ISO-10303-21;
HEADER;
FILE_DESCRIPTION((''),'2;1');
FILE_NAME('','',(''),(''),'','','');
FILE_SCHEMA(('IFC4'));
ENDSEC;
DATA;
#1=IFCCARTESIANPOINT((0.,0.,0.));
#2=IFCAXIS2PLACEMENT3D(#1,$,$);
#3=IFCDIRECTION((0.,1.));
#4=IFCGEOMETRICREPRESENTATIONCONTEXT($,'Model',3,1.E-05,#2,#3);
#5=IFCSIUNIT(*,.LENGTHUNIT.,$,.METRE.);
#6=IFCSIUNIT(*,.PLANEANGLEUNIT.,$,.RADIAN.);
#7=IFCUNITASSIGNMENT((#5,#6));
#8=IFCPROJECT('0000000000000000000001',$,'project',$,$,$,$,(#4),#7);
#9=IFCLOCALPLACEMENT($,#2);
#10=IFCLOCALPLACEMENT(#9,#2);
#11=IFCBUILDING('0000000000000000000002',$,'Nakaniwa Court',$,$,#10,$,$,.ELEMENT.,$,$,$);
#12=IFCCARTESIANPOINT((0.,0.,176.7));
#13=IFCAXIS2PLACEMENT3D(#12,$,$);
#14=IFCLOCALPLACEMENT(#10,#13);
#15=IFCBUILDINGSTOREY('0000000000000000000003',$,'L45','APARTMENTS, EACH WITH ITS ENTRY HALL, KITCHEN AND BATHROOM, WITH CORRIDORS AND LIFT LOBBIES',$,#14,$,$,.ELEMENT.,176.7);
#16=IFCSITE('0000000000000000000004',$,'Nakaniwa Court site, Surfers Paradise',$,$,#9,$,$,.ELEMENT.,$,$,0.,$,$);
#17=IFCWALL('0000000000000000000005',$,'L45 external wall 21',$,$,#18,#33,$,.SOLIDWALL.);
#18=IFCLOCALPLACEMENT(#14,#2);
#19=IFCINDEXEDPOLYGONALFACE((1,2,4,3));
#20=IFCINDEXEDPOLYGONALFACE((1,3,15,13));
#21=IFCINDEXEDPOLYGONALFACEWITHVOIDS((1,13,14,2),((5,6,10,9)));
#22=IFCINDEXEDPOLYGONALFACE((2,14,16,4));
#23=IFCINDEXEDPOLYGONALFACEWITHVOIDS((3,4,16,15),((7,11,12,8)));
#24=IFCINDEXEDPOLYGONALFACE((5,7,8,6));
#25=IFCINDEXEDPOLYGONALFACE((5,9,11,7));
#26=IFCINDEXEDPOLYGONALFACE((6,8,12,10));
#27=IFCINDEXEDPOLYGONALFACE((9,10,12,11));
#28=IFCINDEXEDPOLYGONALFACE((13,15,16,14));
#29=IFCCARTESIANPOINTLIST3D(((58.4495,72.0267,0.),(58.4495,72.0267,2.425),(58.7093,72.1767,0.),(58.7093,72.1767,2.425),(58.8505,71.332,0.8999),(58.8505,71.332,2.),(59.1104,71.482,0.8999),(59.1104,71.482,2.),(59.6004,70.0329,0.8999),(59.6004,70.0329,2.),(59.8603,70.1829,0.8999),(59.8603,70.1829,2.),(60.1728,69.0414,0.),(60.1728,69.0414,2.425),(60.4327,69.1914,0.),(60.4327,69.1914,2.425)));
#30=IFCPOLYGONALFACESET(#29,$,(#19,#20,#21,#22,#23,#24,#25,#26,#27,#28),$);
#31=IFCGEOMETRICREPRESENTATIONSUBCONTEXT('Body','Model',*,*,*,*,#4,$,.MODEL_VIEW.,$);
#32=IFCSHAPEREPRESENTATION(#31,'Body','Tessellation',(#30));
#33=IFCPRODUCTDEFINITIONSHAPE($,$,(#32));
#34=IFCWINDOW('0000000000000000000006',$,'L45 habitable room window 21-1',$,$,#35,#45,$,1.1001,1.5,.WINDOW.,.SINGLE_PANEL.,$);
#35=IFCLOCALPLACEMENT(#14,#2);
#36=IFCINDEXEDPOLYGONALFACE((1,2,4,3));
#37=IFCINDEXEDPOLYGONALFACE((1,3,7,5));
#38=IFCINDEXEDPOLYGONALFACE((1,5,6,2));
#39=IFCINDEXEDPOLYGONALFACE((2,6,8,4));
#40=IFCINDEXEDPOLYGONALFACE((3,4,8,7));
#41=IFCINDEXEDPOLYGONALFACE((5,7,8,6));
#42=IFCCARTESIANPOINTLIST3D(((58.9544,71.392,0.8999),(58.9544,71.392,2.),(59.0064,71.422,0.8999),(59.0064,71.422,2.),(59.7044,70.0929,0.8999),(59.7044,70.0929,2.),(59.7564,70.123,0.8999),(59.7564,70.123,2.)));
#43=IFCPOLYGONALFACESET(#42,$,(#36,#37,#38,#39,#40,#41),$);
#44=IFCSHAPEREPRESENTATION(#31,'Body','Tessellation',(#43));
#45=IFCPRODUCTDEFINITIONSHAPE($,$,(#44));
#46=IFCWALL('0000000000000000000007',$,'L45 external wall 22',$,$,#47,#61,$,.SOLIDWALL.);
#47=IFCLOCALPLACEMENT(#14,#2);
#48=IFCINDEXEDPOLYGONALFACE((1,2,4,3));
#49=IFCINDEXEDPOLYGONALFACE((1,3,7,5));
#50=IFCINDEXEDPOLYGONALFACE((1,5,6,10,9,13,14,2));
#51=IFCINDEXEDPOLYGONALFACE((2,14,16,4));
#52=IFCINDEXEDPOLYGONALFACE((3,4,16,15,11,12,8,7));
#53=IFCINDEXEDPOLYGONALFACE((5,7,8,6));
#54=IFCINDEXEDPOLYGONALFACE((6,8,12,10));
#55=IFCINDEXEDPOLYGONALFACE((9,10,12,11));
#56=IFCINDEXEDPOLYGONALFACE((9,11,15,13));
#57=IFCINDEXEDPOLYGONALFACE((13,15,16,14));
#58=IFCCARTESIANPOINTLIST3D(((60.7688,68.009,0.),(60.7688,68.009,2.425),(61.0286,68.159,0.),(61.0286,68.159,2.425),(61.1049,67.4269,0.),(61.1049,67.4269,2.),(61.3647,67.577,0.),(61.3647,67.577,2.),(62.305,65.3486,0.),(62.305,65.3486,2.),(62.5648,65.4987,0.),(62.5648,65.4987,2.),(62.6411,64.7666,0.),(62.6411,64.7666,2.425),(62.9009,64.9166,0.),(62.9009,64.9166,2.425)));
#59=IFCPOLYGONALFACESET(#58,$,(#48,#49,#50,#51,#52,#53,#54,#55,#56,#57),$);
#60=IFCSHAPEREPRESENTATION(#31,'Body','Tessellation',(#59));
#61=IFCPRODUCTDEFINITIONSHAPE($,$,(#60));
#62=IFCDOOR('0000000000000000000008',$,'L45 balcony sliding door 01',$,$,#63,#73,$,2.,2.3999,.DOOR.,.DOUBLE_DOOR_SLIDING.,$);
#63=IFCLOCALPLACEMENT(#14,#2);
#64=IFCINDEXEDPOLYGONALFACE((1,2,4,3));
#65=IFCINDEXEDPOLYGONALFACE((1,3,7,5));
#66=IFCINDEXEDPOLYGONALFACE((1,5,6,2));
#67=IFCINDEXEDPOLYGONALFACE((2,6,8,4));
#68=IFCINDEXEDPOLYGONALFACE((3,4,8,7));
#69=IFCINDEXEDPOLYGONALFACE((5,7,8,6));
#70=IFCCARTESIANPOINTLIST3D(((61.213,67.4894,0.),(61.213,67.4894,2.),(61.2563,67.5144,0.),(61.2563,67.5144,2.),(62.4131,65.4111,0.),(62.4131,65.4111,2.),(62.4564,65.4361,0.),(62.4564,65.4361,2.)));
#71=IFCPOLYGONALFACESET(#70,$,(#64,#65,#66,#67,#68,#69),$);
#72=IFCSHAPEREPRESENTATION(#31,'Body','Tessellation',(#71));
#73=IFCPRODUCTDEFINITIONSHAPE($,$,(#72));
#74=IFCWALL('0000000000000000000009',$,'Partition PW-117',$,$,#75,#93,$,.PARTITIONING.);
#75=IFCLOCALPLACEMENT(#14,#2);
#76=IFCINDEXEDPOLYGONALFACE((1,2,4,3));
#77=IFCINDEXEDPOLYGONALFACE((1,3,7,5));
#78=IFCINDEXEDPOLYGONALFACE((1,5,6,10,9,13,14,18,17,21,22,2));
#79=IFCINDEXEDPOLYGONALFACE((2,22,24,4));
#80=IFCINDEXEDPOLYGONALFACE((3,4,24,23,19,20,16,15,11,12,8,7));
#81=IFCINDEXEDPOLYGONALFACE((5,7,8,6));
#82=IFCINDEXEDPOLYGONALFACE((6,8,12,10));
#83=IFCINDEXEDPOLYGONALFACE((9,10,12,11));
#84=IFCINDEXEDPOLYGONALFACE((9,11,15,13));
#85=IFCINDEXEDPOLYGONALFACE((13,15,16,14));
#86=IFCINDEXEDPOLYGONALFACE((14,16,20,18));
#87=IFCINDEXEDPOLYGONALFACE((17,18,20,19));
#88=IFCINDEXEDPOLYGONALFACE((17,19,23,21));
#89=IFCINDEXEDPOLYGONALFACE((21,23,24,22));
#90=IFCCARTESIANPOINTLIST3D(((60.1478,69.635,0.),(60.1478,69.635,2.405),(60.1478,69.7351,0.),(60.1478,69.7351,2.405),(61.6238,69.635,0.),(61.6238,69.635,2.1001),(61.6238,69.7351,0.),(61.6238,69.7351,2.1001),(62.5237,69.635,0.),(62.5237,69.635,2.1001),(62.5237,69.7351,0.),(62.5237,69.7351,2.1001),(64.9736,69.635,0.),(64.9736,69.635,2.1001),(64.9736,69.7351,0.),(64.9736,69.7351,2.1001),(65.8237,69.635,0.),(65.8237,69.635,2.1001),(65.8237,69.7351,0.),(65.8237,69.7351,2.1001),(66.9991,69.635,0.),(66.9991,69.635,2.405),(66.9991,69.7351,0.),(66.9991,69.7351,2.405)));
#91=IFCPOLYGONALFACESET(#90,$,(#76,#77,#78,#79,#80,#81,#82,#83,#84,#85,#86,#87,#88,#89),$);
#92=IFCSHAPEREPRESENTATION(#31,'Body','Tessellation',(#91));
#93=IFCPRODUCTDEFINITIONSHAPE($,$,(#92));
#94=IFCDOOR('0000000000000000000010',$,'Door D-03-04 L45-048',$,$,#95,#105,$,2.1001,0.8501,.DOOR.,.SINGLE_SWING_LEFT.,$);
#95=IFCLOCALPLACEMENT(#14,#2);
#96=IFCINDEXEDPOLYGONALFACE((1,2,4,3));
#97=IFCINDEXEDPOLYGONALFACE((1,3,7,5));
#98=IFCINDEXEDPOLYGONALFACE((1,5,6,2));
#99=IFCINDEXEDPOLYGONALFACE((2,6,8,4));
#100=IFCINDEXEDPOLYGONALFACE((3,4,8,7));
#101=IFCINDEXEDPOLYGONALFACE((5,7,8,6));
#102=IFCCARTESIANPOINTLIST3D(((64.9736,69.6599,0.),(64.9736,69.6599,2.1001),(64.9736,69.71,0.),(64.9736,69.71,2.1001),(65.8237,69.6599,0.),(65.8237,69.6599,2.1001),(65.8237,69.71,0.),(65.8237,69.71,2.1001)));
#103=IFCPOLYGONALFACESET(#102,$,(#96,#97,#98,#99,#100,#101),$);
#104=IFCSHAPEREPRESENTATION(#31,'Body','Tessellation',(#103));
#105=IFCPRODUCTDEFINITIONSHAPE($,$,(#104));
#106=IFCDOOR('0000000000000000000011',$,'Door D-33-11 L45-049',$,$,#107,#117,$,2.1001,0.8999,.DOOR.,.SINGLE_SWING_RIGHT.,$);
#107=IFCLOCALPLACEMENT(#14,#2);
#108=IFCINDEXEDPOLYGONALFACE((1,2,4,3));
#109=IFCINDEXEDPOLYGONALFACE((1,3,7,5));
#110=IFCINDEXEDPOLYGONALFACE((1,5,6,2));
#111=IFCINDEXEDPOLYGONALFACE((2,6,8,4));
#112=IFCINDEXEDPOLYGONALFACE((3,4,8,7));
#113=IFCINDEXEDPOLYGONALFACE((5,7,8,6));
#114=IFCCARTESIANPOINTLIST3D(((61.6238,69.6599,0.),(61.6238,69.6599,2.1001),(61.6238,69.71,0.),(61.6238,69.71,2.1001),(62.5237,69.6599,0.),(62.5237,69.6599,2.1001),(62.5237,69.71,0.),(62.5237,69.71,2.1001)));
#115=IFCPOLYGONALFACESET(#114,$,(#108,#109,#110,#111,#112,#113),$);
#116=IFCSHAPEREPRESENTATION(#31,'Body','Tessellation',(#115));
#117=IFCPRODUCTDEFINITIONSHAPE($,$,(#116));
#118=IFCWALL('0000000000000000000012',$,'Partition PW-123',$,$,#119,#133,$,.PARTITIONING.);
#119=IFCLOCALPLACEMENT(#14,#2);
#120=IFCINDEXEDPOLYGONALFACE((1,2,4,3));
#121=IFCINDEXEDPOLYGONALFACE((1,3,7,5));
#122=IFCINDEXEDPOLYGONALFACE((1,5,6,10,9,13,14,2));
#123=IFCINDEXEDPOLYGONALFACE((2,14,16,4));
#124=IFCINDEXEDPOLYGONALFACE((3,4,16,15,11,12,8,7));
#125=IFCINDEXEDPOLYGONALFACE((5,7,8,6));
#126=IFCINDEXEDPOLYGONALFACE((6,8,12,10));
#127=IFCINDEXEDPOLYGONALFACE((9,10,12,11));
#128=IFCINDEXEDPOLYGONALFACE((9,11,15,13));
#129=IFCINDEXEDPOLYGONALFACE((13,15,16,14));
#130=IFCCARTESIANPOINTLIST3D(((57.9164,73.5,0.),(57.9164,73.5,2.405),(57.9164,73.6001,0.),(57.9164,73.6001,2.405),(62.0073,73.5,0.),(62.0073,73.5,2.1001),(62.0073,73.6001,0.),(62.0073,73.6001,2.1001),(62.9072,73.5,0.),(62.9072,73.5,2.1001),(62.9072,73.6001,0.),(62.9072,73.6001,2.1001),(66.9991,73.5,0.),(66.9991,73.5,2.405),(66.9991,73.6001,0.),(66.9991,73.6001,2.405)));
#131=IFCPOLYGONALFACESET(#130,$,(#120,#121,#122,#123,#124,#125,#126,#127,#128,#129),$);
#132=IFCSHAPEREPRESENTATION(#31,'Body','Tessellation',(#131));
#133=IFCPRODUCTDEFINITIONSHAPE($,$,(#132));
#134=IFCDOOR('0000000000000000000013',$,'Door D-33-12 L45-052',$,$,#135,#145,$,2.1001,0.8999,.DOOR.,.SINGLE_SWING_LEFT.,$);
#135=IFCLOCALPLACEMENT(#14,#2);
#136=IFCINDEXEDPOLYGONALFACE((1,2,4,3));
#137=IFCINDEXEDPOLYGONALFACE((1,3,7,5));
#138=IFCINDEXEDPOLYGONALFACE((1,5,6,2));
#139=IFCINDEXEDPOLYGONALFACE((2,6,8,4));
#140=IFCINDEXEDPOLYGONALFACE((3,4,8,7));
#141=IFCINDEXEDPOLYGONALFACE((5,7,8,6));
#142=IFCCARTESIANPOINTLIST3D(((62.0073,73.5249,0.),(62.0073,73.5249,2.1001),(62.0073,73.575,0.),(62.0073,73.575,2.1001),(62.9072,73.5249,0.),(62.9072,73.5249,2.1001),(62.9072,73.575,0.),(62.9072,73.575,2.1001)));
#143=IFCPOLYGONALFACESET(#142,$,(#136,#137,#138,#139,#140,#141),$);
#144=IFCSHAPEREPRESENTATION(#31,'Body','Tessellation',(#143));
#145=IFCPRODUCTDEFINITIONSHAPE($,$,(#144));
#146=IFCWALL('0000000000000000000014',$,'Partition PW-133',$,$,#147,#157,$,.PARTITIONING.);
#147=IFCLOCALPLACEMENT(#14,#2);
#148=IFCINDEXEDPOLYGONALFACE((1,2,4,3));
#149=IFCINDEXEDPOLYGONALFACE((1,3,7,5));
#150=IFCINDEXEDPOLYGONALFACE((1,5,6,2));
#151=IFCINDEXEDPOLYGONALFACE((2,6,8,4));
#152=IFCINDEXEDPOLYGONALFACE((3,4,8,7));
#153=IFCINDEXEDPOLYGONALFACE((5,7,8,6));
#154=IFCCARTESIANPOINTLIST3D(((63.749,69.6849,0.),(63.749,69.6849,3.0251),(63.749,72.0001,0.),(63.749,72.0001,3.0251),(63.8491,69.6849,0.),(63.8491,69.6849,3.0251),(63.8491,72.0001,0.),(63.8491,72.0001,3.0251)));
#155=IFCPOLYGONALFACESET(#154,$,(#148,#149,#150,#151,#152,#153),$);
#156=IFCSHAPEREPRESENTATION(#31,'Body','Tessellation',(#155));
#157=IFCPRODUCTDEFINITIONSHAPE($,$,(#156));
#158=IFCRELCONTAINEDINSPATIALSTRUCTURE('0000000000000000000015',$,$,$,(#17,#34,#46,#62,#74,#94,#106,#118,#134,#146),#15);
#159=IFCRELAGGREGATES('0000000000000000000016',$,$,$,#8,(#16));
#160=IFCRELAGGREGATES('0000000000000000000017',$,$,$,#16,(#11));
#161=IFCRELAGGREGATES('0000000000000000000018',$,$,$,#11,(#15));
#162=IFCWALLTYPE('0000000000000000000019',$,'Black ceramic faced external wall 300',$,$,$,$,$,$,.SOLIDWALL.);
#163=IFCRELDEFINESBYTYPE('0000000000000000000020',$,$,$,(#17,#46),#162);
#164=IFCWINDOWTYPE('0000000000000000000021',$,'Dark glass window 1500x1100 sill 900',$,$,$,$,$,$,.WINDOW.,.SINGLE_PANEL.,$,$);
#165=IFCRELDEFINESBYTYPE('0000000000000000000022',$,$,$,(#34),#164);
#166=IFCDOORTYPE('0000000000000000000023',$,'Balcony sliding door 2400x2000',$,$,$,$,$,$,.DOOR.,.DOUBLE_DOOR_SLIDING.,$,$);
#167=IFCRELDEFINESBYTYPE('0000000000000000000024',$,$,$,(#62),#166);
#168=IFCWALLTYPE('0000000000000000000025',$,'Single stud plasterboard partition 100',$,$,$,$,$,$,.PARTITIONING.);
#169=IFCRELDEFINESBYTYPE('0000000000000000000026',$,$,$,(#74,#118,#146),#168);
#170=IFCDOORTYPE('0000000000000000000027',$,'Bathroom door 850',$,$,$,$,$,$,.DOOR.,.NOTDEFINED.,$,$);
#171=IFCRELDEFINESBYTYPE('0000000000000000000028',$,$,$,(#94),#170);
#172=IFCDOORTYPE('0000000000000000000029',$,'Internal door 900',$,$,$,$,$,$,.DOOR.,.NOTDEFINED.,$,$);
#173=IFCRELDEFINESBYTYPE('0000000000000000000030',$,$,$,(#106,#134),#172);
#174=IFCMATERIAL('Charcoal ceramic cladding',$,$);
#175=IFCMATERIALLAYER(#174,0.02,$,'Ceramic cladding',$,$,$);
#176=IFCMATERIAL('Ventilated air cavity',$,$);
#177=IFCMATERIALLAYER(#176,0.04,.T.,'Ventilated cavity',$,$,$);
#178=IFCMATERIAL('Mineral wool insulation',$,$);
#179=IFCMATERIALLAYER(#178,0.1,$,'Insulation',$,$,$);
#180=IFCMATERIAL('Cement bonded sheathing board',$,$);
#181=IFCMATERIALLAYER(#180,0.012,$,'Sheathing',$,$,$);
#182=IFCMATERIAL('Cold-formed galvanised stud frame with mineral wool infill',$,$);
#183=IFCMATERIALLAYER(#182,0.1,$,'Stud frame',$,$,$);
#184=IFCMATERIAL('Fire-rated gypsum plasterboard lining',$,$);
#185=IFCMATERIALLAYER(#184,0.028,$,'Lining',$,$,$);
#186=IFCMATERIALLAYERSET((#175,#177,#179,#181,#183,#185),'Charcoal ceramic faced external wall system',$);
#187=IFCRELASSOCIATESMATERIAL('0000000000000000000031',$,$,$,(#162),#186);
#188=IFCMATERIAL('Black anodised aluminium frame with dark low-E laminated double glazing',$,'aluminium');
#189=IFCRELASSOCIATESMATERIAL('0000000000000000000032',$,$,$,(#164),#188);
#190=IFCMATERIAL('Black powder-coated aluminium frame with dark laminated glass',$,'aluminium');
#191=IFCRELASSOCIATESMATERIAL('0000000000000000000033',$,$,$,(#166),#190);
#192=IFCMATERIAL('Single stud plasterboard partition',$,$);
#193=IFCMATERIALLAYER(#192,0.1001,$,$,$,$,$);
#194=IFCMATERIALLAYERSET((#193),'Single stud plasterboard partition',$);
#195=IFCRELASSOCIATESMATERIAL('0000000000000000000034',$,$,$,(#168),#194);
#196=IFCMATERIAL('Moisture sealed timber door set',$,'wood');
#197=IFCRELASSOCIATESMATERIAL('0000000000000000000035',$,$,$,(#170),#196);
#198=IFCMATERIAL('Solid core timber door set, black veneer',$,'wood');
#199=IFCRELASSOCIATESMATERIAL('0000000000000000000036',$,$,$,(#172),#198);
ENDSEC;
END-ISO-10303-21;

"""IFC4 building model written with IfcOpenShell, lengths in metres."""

from ifc_helpers import new_model, si_unit, direction, frame, frame_2d, origin, place, context, subcontext, project, spatial, rectangle, extrude, material, layer, layer_set, type_object, element, fill, save


model = new_model("IFC4")

# Units and contexts
model_context = context("Model", 3, precision=1e-05, world=origin(), true_north=direction((0.0, 1.0)))
body_context = subcontext(model_context, "Body", "Model", "MODEL_VIEW")
ifc_project = project(units=[si_unit("LENGTHUNIT", "METRE"), si_unit("PLANEANGLEUNIT", "RADIAN")], contexts=[model_context])

# Site, building, storey
site_placement = place(None, origin())
site = spatial("IfcSite", under=ifc_project, at=site_placement, Name="Nakaniwa Court site, Surfers Paradise", CompositionType="ELEMENT", RefElevation=0.0)
building_placement = place(site_placement, origin())
building = spatial("IfcBuilding", under=site, at=building_placement, Name="Nakaniwa Court", CompositionType="ELEMENT")
storey_placement = place(building_placement, frame((0.0, 0.0, 176.7)))
storey = spatial("IfcBuildingStorey", under=building, at=storey_placement, Name="L45", Description="APARTMENTS, EACH WITH ITS ENTRY HALL, KITCHEN AND BATHROOM, WITH CORRIDORS AND LIFT LOBBIES", CompositionType="ELEMENT", Elevation=176.7)

# Shared definitions
ifc_material_1 = material(Name="Solid core timber door set, black veneer", Category="wood")

# Wall, opening, window
ifc_material_2 = material(Name="Charcoal ceramic cladding")
ifc_layer_1 = layer(ifc_material_2, 0.02, Name="Ceramic cladding")
ifc_material_3 = material(Name="Ventilated air cavity")
ifc_layer_2 = layer(ifc_material_3, 0.04, ventilated=True, Name="Ventilated cavity")
ifc_material_4 = material(Name="Mineral wool insulation")
ifc_layer_3 = layer(ifc_material_4, 0.1, Name="Insulation")
ifc_material_5 = material(Name="Cement bonded sheathing board")
ifc_layer_4 = layer(ifc_material_5, 0.012, Name="Sheathing")
ifc_material_6 = material(Name="Cold-formed galvanised stud frame with mineral wool infill")
ifc_layer_5 = layer(ifc_material_6, 0.1, Name="Stud frame")
ifc_material_7 = material(Name="Fire-rated gypsum plasterboard lining")
ifc_layer_6 = layer(ifc_material_7, 0.028, Name="Lining")
ifc_layer_set_1 = layer_set([ifc_layer_1, ifc_layer_2, ifc_layer_3, ifc_layer_4, ifc_layer_5, ifc_layer_6], Name="Charcoal ceramic faced external wall system")
wall_type_1 = type_object("IfcWallType", Name="Black ceramic faced external wall 300", PredefinedType="SOLIDWALL", material=ifc_layer_set_1)
wall_1_placement = place(storey_placement, frame((58.5793, 72.1018, 0.0), z_axis=(0.0, 0.0, 1.0), x_axis=(0.499955, -0.866051, 0.0)))
wall_1 = element("IfcWall", 1, at=wall_1_placement, inside=storey, type_object=wall_type_1, Name="L45 external wall 21", PredefinedType="SOLIDWALL", context=body_context, shape_type="SweptSolid", body=[
    extrude(rectangle(XDim=3.447, YDim=0.3, at=frame_2d((1.7236, 0.0))), origin(), (0.0, 0.0, 1.0), 2.425),
])
opening_1_placement = place(wall_1_placement, frame((0.8022, 0.0, 0.8999)))
opening_1 = element("IfcOpeningElement", 2, at=opening_1_placement, cuts=wall_1, PredefinedType="OPENING", context=body_context, shape_type="SweptSolid", body=[
    extrude(rectangle(XDim=1.5, YDim=1.1001, at=frame_2d((0.75, 0.55))), frame((0.0, 0.1599, 0.0), z_axis=(0.0, -1.0, 0.0), x_axis=(1.0, 0.0, 0.0)), (0.0, 0.0, 1.0), 0.3201),
])
ifc_material_8 = material(Name="Black anodised aluminium frame with dark low-E laminated double glazing", Category="aluminium")
window_type = type_object("IfcWindowType", Name="Dark glass window 1500x1100 sill 900", PartitioningType="SINGLE_PANEL", PredefinedType="WINDOW", material=ifc_material_8)
window_placement = place(opening_1_placement, origin())
window = element("IfcWindow", 3, at=window_placement, inside=storey, type_object=window_type, Name="L45 habitable room window 21-1", OverallHeight=1.1001, OverallWidth=1.5, PartitioningType="SINGLE_PANEL", PredefinedType="WINDOW", context=body_context, shape_type="SweptSolid", body=[
    extrude(rectangle(XDim=1.5, YDim=1.1001, at=frame_2d((0.75, 0.55))), frame((0.0, 0.03, 0.0), z_axis=(0.0, -1.0, 0.0), x_axis=(1.0, 0.0, 0.0)), (0.0, 0.0, 1.0), 0.0601),
])
fill(opening_1, window)

# Wall, opening, door
wall_2_placement = place(storey_placement, frame((60.8987, 68.084, 0.0), z_axis=(0.0, 0.0, 1.0), x_axis=(0.500059, -0.865991, 0.0)))
wall_2 = element("IfcWall", 4, at=wall_2_placement, inside=storey, type_object=wall_type_1, Name="L45 external wall 22", PredefinedType="SOLIDWALL", context=body_context, shape_type="SweptSolid", body=[
    extrude(rectangle(XDim=3.7441, YDim=0.3, at=frame_2d((1.8721, 0.0))), origin(), (0.0, 0.0, 1.0), 2.425),
])
opening_2_placement = place(wall_2_placement, frame((0.6721, 0.0, 0.0)))
opening_2 = element("IfcOpeningElement", 5, at=opening_2_placement, cuts=wall_2, PredefinedType="OPENING", context=body_context, shape_type="SweptSolid", body=[
    extrude(rectangle(XDim=2.3999, YDim=2.0, at=frame_2d((1.2, 1.0))), frame((0.0, 0.1599, 0.0), z_axis=(0.0, -1.0, 0.0), x_axis=(1.0, 0.0, 0.0)), (0.0, 0.0, 1.0), 0.3201),
])
ifc_material_9 = material(Name="Black powder-coated aluminium frame with dark laminated glass", Category="aluminium")
door_type_1 = type_object("IfcDoorType", Name="Balcony sliding door 2400x2000", OperationType="DOUBLE_DOOR_SLIDING", PredefinedType="DOOR", material=ifc_material_9)
door_1_placement = place(opening_2_placement, origin())
door_1 = element("IfcDoor", 6, at=door_1_placement, inside=storey, type_object=door_type_1, Name="L45 balcony sliding door 01", OperationType="DOUBLE_DOOR_SLIDING", OverallHeight=2.0, OverallWidth=2.3999, PredefinedType="DOOR", context=body_context, shape_type="SweptSolid", body=[
    extrude(rectangle(XDim=2.3999, YDim=2.0, at=frame_2d((1.2, 1.0))), frame((0.0, 0.0249, 0.0), z_axis=(0.0, -1.0, 0.0), x_axis=(1.0, 0.0, 0.0)), (0.0, 0.0, 1.0), 0.05),
])
fill(opening_2, door_1)

# Wall, openings, doors
ifc_material_10 = material(Name="Single stud plasterboard partition")
ifc_layer_7 = layer(ifc_material_10, 0.1001)
ifc_layer_set_2 = layer_set([ifc_layer_7], Name="Single stud plasterboard partition")
wall_type_2 = type_object("IfcWallType", Name="Single stud plasterboard partition 100", PredefinedType="PARTITIONING", material=ifc_layer_set_2)
wall_3_placement = place(storey_placement, frame((60.1477, 69.6851, 0.0), z_axis=(0.0, 0.0, 1.0), x_axis=(1.0, 0.0, 0.0)))
wall_3 = element("IfcWall", 7, at=wall_3_placement, inside=storey, type_object=wall_type_2, Name="Partition PW-117", PredefinedType="PARTITIONING", context=body_context, shape_type="SweptSolid", body=[
    extrude(rectangle(XDim=6.8513, YDim=0.1001, at=frame_2d((3.4258, 0.0))), origin(), (0.0, 0.0, 1.0), 2.405),
])
opening_3_placement = place(wall_3_placement, frame((4.8259, 0.0, 0.0)))
opening_3 = element("IfcOpeningElement", 8, at=opening_3_placement, cuts=wall_3, PredefinedType="OPENING", context=body_context, shape_type="SweptSolid", body=[
    extrude(rectangle(XDim=0.8501, YDim=2.1001, at=frame_2d((0.425, 1.05))), frame((0.0, 0.0601, 0.0), z_axis=(0.0, -1.0, 0.0), x_axis=(1.0, 0.0, 0.0)), (0.0, 0.0, 1.0), 0.1201),
])
opening_4_placement = place(wall_3_placement, frame((1.4761, 0.0, 0.0)))
opening_4 = element("IfcOpeningElement", 9, at=opening_4_placement, cuts=wall_3, PredefinedType="OPENING", context=body_context, shape_type="SweptSolid", body=[
    extrude(rectangle(XDim=0.8999, YDim=2.1001, at=frame_2d((0.45, 1.05))), frame((0.0, 0.0601, 0.0), z_axis=(0.0, -1.0, 0.0), x_axis=(1.0, 0.0, 0.0)), (0.0, 0.0, 1.0), 0.1201),
])
ifc_material_11 = material(Name="Moisture sealed timber door set", Category="wood")
door_type_2 = type_object("IfcDoorType", Name="Bathroom door 850", OperationType="NOTDEFINED", PredefinedType="DOOR", material=ifc_material_11)
door_2_placement = place(opening_3_placement, origin())
door_2 = element("IfcDoor", 10, at=door_2_placement, inside=storey, type_object=door_type_2, Name="Door D-03-04 L45-048", OperationType="SINGLE_SWING_LEFT", OverallHeight=2.1001, OverallWidth=0.8501, PredefinedType="DOOR", context=body_context, shape_type="SweptSolid", body=[
    extrude(rectangle(XDim=0.8501, YDim=2.1001, at=frame_2d((0.425, 1.05))), frame((0.0, 0.0249, 0.0), z_axis=(0.0, -1.0, 0.0), x_axis=(1.0, 0.0, 0.0)), (0.0, 0.0, 1.0), 0.05),
])
fill(opening_3, door_2)
door_type_3 = type_object("IfcDoorType", Name="Internal door 900", OperationType="NOTDEFINED", PredefinedType="DOOR", material=ifc_material_1)
door_3_placement = place(opening_4_placement, origin())
door_3 = element("IfcDoor", 11, at=door_3_placement, inside=storey, type_object=door_type_3, Name="Door D-33-11 L45-049", OperationType="SINGLE_SWING_RIGHT", OverallHeight=2.1001, OverallWidth=0.8999, PredefinedType="DOOR", context=body_context, shape_type="SweptSolid", body=[
    extrude(rectangle(XDim=0.8999, YDim=2.1001, at=frame_2d((0.45, 1.05))), frame((0.0, 0.0249, 0.0), z_axis=(0.0, -1.0, 0.0), x_axis=(1.0, 0.0, 0.0)), (0.0, 0.0, 1.0), 0.05),
])
fill(opening_4, door_3)

# Wall, opening, door
wall_4_placement = place(storey_placement, frame((57.9163, 73.55, 0.0), z_axis=(0.0, 0.0, 1.0), x_axis=(1.0, 0.0, 0.0)))
wall_4 = element("IfcWall", 12, at=wall_4_placement, inside=storey, type_object=wall_type_2, Name="Partition PW-123", PredefinedType="PARTITIONING", context=body_context, shape_type="SweptSolid", body=[
    extrude(rectangle(XDim=9.0828, YDim=0.1001, at=frame_2d((4.5415, 0.0))), origin(), (0.0, 0.0, 1.0), 2.405),
])
opening_5_placement = place(wall_4_placement, frame((4.0911, 0.0, 0.0)))
opening_5 = element("IfcOpeningElement", 13, at=opening_5_placement, cuts=wall_4, PredefinedType="OPENING", context=body_context, shape_type="SweptSolid", body=[
    extrude(rectangle(XDim=0.8999, YDim=2.1001, at=frame_2d((0.45, 1.05))), frame((0.0, 0.0601, 0.0), z_axis=(0.0, -1.0, 0.0), x_axis=(1.0, 0.0, 0.0)), (0.0, 0.0, 1.0), 0.1201),
])
door_4_placement = place(opening_5_placement, origin())
door_4 = element("IfcDoor", 14, at=door_4_placement, inside=storey, type_object=door_type_3, Name="Door D-33-12 L45-052", OperationType="SINGLE_SWING_LEFT", OverallHeight=2.1001, OverallWidth=0.8999, PredefinedType="DOOR", context=body_context, shape_type="SweptSolid", body=[
    extrude(rectangle(XDim=0.8999, YDim=2.1001, at=frame_2d((0.45, 1.05))), frame((0.0, 0.0249, 0.0), z_axis=(0.0, -1.0, 0.0), x_axis=(1.0, 0.0, 0.0)), (0.0, 0.0, 1.0), 0.05),
])
fill(opening_5, door_4)

# Wall
wall_5_placement = place(storey_placement, frame((63.7991, 69.6848, 0.0), z_axis=(0.0, 0.0, 1.0), x_axis=(0.0, 1.0, 0.0)))
element("IfcWall", 15, at=wall_5_placement, inside=storey, type_object=wall_type_2, Name="Partition PW-133", PredefinedType="PARTITIONING", context=body_context, shape_type="SweptSolid", body=[
    extrude(rectangle(XDim=2.3152, YDim=0.1001, at=frame_2d((1.1577, 0.0))), origin(), (0.0, 0.0, 1.0), 3.0251),
])

save(model, "model.ifc")
